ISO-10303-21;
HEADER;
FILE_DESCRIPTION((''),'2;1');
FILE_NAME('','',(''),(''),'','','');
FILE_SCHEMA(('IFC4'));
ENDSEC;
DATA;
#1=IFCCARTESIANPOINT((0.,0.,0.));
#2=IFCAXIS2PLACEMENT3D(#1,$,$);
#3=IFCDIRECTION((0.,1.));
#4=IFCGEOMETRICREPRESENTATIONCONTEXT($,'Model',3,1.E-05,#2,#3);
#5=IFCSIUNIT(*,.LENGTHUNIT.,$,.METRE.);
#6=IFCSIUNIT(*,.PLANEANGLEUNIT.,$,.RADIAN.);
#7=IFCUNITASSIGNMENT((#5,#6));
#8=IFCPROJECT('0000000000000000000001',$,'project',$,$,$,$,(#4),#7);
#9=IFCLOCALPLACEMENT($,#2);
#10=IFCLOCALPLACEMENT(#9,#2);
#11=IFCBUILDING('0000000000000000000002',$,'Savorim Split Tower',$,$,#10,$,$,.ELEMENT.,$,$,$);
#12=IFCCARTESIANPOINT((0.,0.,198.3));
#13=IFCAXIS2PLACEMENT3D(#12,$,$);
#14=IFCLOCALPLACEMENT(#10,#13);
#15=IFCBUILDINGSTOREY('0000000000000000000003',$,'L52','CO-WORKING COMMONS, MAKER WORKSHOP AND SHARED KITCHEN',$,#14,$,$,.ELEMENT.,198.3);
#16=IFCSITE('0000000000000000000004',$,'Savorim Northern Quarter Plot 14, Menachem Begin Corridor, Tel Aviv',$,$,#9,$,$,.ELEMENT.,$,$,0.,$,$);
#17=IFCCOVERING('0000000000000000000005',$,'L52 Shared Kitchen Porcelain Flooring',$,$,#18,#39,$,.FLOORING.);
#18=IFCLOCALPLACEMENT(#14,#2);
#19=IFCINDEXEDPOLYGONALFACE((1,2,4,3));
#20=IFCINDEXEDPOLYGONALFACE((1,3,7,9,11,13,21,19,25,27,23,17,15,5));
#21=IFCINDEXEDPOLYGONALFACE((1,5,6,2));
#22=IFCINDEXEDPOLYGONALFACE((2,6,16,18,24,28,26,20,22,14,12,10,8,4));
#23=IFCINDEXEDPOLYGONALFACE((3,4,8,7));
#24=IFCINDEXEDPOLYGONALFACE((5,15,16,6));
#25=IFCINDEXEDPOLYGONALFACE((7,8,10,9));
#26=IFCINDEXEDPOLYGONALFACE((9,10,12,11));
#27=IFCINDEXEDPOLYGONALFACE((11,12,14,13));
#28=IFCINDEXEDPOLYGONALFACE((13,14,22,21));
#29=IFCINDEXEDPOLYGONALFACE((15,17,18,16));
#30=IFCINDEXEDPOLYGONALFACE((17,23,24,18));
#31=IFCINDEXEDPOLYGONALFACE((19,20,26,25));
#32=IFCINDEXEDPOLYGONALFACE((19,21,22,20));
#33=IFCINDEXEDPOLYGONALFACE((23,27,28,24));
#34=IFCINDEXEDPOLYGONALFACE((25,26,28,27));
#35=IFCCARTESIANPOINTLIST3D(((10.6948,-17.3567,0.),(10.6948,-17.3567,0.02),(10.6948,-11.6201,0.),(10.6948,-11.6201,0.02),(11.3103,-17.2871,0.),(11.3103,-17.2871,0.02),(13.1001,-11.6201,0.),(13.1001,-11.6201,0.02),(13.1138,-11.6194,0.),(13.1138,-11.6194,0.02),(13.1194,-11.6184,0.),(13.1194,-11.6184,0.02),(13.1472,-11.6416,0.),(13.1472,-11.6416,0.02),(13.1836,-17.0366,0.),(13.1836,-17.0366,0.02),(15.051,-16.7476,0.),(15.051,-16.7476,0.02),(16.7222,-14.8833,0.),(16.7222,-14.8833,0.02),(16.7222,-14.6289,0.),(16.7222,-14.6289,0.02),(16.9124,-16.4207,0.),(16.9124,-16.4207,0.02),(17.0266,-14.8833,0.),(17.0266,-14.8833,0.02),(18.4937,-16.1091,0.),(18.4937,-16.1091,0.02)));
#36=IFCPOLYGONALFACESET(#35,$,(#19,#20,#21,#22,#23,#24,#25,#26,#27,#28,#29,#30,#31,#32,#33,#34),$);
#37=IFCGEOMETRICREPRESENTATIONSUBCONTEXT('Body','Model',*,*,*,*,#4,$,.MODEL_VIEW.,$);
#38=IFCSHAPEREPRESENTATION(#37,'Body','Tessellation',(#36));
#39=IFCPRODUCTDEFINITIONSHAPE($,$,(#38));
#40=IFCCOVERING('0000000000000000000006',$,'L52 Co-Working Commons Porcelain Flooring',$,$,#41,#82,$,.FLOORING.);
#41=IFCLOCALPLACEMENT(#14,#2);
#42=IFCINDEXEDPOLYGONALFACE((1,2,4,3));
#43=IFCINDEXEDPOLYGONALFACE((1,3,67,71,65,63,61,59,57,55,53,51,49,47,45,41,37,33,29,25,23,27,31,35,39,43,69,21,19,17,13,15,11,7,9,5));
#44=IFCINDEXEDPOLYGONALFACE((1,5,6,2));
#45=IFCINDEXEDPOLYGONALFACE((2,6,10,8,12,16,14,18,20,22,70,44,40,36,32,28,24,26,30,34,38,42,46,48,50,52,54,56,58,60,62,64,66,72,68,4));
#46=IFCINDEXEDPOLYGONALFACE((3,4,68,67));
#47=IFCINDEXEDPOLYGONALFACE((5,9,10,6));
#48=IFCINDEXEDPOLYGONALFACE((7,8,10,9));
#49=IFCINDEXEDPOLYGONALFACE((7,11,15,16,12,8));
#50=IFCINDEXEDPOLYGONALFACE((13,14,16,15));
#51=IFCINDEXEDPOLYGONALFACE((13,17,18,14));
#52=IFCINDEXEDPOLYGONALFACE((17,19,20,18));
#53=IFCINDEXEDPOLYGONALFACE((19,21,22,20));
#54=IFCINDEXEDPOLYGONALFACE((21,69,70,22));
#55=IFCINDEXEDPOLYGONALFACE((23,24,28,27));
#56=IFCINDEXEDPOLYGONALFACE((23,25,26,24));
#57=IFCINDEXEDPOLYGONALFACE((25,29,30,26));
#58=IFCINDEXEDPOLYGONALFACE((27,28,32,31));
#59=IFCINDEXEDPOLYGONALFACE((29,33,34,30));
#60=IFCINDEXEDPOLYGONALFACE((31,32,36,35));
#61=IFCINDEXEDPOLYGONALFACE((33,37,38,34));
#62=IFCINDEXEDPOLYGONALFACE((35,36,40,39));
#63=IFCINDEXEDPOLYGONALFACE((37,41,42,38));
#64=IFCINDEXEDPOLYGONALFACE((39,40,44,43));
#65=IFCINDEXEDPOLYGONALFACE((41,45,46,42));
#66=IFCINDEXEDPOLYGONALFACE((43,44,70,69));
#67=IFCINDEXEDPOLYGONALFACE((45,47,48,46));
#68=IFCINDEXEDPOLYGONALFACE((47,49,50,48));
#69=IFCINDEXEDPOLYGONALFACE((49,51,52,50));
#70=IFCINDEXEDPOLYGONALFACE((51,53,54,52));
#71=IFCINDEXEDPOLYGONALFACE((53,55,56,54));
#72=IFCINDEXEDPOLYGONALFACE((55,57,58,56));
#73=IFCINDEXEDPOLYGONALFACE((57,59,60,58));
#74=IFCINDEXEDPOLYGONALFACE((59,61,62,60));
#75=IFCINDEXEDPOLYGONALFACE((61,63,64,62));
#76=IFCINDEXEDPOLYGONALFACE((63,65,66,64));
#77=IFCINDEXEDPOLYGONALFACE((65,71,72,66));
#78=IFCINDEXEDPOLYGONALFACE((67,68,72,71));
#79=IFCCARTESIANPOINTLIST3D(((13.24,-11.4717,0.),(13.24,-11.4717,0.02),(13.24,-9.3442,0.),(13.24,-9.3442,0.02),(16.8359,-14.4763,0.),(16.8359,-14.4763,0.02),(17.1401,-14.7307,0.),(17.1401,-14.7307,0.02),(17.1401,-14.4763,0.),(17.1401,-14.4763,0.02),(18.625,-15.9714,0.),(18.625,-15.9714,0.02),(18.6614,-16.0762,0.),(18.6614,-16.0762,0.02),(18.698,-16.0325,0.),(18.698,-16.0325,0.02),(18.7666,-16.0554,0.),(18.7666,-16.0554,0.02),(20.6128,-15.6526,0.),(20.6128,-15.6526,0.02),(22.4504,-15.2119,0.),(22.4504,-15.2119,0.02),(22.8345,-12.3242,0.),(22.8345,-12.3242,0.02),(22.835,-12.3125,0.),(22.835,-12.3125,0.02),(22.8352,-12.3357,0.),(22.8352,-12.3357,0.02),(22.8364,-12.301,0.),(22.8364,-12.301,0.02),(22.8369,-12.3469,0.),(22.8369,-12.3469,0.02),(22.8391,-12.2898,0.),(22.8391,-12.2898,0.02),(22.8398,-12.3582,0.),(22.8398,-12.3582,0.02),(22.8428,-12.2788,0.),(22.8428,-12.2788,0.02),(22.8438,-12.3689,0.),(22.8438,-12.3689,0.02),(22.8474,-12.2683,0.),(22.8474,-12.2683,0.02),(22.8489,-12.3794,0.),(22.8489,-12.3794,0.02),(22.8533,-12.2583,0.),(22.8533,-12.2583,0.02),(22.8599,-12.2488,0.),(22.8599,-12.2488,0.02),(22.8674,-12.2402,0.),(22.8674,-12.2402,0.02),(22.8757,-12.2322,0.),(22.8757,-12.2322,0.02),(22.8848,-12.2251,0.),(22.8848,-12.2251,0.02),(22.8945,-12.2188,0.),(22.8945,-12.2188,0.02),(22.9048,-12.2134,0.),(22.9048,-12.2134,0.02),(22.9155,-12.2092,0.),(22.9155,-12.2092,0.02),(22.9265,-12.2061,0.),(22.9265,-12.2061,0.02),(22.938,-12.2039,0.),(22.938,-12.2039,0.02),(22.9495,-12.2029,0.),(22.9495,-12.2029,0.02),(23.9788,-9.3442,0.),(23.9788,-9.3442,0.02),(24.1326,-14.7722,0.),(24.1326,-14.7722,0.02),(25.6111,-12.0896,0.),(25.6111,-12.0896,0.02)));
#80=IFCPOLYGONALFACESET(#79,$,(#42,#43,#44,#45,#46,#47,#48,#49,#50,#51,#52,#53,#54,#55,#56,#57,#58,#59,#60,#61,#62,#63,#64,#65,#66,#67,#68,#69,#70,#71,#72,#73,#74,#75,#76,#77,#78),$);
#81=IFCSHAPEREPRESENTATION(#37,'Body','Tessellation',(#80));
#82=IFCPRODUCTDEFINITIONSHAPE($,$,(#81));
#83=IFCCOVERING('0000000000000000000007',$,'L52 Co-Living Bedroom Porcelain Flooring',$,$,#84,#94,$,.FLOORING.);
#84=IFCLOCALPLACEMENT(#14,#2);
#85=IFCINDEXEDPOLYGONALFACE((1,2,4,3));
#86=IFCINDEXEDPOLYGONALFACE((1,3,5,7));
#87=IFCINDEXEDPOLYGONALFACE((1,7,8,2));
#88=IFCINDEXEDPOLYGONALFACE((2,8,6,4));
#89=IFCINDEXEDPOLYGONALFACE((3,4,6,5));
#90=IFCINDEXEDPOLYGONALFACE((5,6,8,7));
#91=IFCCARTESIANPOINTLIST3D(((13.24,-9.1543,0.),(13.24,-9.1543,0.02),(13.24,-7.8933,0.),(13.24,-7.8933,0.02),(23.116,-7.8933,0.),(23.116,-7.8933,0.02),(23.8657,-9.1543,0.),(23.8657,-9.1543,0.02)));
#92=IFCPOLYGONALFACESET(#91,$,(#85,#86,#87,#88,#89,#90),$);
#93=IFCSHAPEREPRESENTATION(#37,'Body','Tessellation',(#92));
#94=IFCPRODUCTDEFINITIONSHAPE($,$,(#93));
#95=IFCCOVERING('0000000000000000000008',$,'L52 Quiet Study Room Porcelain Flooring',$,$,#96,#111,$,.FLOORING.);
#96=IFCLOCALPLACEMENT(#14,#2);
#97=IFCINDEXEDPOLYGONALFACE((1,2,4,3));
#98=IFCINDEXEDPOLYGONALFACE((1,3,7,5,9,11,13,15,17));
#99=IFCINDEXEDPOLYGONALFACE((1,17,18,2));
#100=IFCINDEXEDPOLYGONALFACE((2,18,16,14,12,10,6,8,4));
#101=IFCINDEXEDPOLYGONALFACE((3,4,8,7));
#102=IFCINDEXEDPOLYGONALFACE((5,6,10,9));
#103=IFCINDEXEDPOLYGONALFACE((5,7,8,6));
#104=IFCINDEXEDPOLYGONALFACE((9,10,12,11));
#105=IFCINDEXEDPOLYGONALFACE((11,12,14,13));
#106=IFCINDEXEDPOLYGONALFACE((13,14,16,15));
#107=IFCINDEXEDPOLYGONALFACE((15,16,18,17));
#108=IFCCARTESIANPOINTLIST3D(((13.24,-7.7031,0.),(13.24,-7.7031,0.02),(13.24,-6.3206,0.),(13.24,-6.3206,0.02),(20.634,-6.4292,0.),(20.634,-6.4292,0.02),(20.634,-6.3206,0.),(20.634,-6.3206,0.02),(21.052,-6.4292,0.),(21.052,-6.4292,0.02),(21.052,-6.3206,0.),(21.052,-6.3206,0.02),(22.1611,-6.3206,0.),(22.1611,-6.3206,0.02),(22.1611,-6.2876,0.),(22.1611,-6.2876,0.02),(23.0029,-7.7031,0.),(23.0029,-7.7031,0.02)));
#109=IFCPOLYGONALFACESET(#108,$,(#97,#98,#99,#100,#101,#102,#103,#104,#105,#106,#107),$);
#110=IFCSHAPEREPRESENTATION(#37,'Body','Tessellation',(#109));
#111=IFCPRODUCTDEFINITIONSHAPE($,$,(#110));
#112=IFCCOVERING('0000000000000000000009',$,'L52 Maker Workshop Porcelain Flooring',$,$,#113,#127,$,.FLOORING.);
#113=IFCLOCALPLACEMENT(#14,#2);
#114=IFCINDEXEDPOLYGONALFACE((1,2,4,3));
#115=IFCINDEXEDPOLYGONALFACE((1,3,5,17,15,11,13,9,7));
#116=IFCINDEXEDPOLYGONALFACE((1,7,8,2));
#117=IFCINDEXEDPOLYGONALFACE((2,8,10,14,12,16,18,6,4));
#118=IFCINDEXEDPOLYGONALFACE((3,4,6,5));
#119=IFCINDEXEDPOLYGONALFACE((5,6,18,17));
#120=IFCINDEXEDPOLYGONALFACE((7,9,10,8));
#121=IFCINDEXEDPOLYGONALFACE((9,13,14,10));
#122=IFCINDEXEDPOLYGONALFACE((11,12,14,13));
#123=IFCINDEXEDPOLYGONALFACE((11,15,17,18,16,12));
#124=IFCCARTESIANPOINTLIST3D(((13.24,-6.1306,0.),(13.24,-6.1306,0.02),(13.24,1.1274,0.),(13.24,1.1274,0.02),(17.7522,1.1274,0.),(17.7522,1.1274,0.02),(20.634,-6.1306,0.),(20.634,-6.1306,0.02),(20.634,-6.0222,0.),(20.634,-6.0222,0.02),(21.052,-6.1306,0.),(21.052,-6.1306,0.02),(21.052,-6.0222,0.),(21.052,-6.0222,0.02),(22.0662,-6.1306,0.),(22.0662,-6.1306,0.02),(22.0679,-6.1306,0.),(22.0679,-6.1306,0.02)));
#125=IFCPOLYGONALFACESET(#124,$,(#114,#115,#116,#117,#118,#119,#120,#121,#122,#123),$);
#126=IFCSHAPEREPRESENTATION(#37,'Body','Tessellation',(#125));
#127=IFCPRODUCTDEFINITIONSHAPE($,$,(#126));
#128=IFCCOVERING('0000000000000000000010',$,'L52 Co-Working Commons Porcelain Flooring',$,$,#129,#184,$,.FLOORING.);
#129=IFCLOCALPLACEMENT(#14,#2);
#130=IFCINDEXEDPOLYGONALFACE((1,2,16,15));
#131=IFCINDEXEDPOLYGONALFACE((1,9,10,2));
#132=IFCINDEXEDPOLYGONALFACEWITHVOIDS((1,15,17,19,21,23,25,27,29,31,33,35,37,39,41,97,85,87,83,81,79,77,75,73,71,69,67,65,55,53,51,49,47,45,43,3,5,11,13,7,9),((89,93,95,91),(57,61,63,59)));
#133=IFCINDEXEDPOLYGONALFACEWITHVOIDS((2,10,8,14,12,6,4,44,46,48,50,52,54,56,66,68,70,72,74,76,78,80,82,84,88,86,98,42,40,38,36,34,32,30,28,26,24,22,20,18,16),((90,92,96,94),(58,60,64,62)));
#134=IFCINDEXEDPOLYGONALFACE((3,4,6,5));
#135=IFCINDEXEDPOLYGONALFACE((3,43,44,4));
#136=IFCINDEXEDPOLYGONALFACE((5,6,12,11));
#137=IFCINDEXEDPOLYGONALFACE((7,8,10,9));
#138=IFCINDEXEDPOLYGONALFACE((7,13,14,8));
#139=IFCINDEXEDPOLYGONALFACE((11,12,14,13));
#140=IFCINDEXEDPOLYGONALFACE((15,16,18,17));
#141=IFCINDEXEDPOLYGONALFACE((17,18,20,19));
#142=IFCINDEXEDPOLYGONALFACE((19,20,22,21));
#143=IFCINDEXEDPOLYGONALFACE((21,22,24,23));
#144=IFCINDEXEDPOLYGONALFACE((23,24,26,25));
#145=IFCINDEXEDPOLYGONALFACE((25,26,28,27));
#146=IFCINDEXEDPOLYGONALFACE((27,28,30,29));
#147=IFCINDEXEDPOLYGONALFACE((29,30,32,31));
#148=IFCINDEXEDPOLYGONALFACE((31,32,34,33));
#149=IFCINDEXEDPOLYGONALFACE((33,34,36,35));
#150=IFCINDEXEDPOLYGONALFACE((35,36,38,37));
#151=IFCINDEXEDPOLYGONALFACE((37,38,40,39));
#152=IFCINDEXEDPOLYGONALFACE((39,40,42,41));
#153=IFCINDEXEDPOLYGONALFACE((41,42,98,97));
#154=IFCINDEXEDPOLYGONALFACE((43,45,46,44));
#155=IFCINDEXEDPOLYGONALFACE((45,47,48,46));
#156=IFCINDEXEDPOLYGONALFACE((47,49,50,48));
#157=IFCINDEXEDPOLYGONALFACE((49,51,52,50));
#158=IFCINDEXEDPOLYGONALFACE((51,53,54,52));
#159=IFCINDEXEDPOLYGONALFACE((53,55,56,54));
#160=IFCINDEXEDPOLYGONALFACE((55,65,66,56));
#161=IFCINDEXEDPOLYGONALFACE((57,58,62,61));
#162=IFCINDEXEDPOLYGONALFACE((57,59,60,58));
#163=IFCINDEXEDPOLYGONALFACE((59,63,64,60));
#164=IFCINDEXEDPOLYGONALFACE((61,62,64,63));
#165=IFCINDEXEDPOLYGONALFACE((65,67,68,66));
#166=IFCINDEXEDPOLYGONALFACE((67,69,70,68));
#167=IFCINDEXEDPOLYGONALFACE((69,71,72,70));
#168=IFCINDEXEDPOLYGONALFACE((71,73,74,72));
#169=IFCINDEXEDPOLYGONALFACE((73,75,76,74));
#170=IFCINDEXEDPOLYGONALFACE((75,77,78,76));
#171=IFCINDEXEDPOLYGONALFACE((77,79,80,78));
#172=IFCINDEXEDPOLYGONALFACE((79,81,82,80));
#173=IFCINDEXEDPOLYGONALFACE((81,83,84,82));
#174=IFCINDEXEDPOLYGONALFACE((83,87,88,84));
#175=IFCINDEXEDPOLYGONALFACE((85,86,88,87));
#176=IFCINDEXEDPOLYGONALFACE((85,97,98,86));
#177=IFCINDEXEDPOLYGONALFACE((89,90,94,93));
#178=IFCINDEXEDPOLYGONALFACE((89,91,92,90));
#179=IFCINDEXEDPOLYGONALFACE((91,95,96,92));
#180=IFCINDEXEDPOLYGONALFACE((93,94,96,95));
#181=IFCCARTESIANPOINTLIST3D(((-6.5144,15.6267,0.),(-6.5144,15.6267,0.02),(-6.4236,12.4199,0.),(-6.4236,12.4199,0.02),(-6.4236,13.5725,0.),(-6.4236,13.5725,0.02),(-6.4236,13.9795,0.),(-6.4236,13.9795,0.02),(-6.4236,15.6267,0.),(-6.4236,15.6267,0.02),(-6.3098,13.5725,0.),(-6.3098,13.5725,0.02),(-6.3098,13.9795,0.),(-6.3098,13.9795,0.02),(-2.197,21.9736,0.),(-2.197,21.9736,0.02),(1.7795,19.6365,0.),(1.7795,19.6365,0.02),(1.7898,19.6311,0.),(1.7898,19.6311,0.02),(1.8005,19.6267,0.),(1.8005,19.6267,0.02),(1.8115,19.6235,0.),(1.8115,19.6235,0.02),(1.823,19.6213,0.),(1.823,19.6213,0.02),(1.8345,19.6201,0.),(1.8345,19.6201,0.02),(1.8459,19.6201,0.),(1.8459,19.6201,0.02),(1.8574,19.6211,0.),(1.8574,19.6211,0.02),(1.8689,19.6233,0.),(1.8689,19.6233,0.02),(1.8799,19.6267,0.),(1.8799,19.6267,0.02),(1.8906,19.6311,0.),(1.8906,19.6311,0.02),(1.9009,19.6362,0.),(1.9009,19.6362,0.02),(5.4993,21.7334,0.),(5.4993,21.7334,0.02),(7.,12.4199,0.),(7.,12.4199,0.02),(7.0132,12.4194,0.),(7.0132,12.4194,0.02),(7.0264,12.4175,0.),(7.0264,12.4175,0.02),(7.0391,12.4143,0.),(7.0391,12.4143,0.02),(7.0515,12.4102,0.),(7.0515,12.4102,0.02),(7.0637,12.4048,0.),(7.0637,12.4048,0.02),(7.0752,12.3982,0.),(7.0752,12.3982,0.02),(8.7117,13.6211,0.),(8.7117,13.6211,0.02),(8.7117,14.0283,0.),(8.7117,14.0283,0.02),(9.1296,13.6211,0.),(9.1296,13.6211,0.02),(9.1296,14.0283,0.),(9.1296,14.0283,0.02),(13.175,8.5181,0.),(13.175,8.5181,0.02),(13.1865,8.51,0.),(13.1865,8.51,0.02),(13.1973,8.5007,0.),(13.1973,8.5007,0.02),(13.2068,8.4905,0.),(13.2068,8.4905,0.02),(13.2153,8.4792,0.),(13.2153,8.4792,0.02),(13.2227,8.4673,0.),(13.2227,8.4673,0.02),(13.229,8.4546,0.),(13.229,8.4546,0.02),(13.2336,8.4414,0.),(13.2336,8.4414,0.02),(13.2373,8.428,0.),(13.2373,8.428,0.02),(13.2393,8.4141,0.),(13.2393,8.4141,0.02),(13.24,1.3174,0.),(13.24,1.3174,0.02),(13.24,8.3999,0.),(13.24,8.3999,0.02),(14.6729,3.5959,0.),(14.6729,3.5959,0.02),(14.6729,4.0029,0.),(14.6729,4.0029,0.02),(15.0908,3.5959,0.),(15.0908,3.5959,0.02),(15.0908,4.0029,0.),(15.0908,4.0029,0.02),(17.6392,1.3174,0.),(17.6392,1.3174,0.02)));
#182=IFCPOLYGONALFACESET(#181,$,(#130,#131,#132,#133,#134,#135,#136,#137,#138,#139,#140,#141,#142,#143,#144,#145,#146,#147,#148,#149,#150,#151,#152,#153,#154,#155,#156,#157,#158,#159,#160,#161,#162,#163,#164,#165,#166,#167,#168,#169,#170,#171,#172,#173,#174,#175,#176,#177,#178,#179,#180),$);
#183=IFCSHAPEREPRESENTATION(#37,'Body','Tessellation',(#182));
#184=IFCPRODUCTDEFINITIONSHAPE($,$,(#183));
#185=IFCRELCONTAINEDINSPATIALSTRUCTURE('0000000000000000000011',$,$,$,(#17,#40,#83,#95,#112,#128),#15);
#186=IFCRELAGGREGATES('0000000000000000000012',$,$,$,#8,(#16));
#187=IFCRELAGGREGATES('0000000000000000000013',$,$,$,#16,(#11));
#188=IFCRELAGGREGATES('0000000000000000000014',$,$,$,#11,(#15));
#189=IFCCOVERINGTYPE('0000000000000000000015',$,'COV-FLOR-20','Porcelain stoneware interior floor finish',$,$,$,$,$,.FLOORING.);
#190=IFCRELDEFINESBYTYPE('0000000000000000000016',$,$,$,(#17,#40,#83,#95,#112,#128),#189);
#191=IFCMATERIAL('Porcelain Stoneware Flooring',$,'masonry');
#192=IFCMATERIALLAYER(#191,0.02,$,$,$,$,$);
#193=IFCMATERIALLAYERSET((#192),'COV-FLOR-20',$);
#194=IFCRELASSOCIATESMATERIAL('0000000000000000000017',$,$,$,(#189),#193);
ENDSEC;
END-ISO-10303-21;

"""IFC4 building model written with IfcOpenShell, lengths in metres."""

from ifc_helpers import new_model, si_unit, direction, frame, origin, place, context, subcontext, project, spatial, polyline, outline, extrude, material, layer, layer_set, type_object, element, save


model = new_model("IFC4")

# Units and contexts
model_context = context("Model", 3, precision=1e-05, world=origin(), true_north=direction((0.0, 1.0)))
body_context = subcontext(model_context, "Body", "Model", "MODEL_VIEW")
ifc_project = project(units=[si_unit("LENGTHUNIT", "METRE"), si_unit("PLANEANGLEUNIT", "RADIAN")], contexts=[model_context])

# Site, building, storey
site_placement = place(None, origin())
site = spatial("IfcSite", under=ifc_project, at=site_placement, Name="Savorim Northern Quarter Plot 14, Menachem Begin Corridor, Tel Aviv", CompositionType="ELEMENT", RefElevation=0.0)
building_placement = place(site_placement, origin())
building = spatial("IfcBuilding", under=site, at=building_placement, Name="Savorim Split Tower", CompositionType="ELEMENT")
storey_placement = place(building_placement, frame((0.0, 0.0, 198.3)))
storey = spatial("IfcBuildingStorey", under=building, at=storey_placement, Name="L52", Description="CO-WORKING COMMONS, MAKER WORKSHOP AND SHARED KITCHEN", CompositionType="ELEMENT", Elevation=198.3)

# Coverings
ifc_material_1 = material(Name="Porcelain Stoneware Flooring", Category="masonry")
ifc_layer_1 = layer(ifc_material_1, 0.02)
ifc_layer_set_1 = layer_set([ifc_layer_1], Name="COV-FLOR-20")
covering_type_1 = type_object("IfcCoveringType", Name="COV-FLOR-20", Description="Porcelain stoneware interior floor finish", PredefinedType="FLOORING", material=ifc_layer_set_1)
covering_1_placement = place(storey_placement, origin())
element("IfcCovering", 1, at=covering_1_placement, inside=storey, type_object=covering_type_1, Name="L52 Shared Kitchen Porcelain Flooring", PredefinedType="FLOORING", context=body_context, shape_type="SweptSolid", body=[
    extrude(outline(polyline([(11.3103, -17.2871), (13.1836, -17.0366), (15.051, -16.7476), (16.9124, -16.4207), (18.4937, -16.1091), (17.0266, -14.8833), (16.7222, -14.8833), (16.7222, -14.6289), (13.1472, -11.6416), (13.1194, -11.6184), (13.1138, -11.6194), (13.1001, -11.6201), (10.6948, -11.6201), (10.6948, -17.3567), (11.3103, -17.2871)])), origin(), (0.0, 0.0, 1.0), 0.02),
])
covering_2_placement = place(storey_placement, origin())
element("IfcCovering", 2, at=covering_2_placement, inside=storey, type_object=covering_type_1, Name="L52 Co-Working Commons Porcelain Flooring", PredefinedType="FLOORING", context=body_context, shape_type="SweptSolid", body=[
    extrude(outline(polyline([(22.9265, -12.2061), (22.938, -12.2039), (22.9495, -12.2029), (25.6111, -12.0896), (23.9788, -9.3442), (13.24, -9.3442), (13.24, -11.4717), (16.8359, -14.4763), (17.1401, -14.4763), (17.1401, -14.7307), (18.625, -15.9714), (18.698, -16.0325), (18.6614, -16.0762), (18.7666, -16.0554), (20.6128, -15.6526), (22.4504, -15.2119), (24.1326, -14.7722), (22.8489, -12.3794), (22.8438, -12.3689), (22.8398, -12.3582), (22.8369, -12.3469), (22.8352, -12.3357), (22.8345, -12.3242), (22.835, -12.3125), (22.8364, -12.301), (22.8391, -12.2898), (22.8428, -12.2788), (22.8474, -12.2683), (22.8533, -12.2583), (22.8599, -12.2488), (22.8674, -12.2402), (22.8757, -12.2322), (22.8848, -12.2251), (22.8945, -12.2188), (22.9048, -12.2134), (22.9155, -12.2092), (22.9265, -12.2061)])), origin(), (0.0, 0.0, 1.0), 0.02),
])
covering_3_placement = place(storey_placement, origin())
element("IfcCovering", 3, at=covering_3_placement, inside=storey, type_object=covering_type_1, Name="L52 Co-Living Bedroom Porcelain Flooring", PredefinedType="FLOORING", context=body_context, shape_type="SweptSolid", body=[
    extrude(outline(polyline([(23.8657, -9.1543), (23.116, -7.8933), (13.24, -7.8933), (13.24, -9.1543), (23.8657, -9.1543)])), origin(), (0.0, 0.0, 1.0), 0.02),
])
covering_4_placement = place(storey_placement, origin())
element("IfcCovering", 4, at=covering_4_placement, inside=storey, type_object=covering_type_1, Name="L52 Quiet Study Room Porcelain Flooring", PredefinedType="FLOORING", context=body_context, shape_type="SweptSolid", body=[
    extrude(outline(polyline([(20.634, -6.4292), (20.634, -6.3206), (13.24, -6.3206), (13.24, -7.7031), (23.0029, -7.7031), (22.1611, -6.2876), (22.1611, -6.3206), (21.052, -6.3206), (21.052, -6.4292), (20.634, -6.4292)])), origin(), (0.0, 0.0, 1.0), 0.02),
])
covering_5_placement = place(storey_placement, origin())
element("IfcCovering", 5, at=covering_5_placement, inside=storey, type_object=covering_type_1, Name="L52 Maker Workshop Porcelain Flooring", PredefinedType="FLOORING", context=body_context, shape_type="SweptSolid", body=[
    extrude(outline(polyline([(21.052, -6.1306), (22.0662, -6.1306), (22.0679, -6.1306), (17.7522, 1.1274), (13.24, 1.1274), (13.24, -6.1306), (20.634, -6.1306), (20.634, -6.0222), (21.052, -6.0222), (21.052, -6.1306)])), origin(), (0.0, 0.0, 1.0), 0.02),
])
covering_6_placement = place(storey_placement, origin())
element("IfcCovering", 6, at=covering_6_placement, inside=storey, type_object=covering_type_1, Name="L52 Co-Working Commons Porcelain Flooring", PredefinedType="FLOORING", context=body_context, shape_type="SweptSolid", body=[
    extrude(outline(polyline([(1.8005, 19.6267), (1.7898, 19.6311), (1.7795, 19.6365), (-2.197, 21.9736), (-6.5144, 15.6267), (-6.4236, 15.6267), (-6.4236, 13.9795), (-6.3098, 13.9795), (-6.3098, 13.5725), (-6.4236, 13.5725), (-6.4236, 12.4199), (7.0, 12.4199), (7.0132, 12.4194), (7.0264, 12.4175), (7.0391, 12.4143), (7.0515, 12.4102), (7.0637, 12.4048), (7.0752, 12.3982), (13.175, 8.5181), (13.1865, 8.51), (13.1973, 8.5007), (13.2068, 8.4905), (13.2153, 8.4792), (13.2227, 8.4673), (13.229, 8.4546), (13.2336, 8.4414), (13.2373, 8.428), (13.2393, 8.4141), (13.24, 8.3999), (13.24, 1.3174), (17.6392, 1.3174), (5.4993, 21.7334), (1.9009, 19.6362), (1.8906, 19.6311), (1.8799, 19.6267), (1.8689, 19.6233), (1.8574, 19.6211), (1.8459, 19.6201), (1.8345, 19.6201), (1.823, 19.6213), (1.8115, 19.6235), (1.8005, 19.6267)]), holes=[polyline([(15.0908, 3.5959), (15.0908, 4.0029), (14.6729, 4.0029), (14.6729, 3.5959), (15.0908, 3.5959)]), polyline([(9.1296, 14.0283), (8.7117, 14.0283), (8.7117, 13.6211), (9.1296, 13.6211), (9.1296, 14.0283)])]), origin(), (0.0, 0.0, 1.0), 0.02),
])

save(model, "model.ifc")
